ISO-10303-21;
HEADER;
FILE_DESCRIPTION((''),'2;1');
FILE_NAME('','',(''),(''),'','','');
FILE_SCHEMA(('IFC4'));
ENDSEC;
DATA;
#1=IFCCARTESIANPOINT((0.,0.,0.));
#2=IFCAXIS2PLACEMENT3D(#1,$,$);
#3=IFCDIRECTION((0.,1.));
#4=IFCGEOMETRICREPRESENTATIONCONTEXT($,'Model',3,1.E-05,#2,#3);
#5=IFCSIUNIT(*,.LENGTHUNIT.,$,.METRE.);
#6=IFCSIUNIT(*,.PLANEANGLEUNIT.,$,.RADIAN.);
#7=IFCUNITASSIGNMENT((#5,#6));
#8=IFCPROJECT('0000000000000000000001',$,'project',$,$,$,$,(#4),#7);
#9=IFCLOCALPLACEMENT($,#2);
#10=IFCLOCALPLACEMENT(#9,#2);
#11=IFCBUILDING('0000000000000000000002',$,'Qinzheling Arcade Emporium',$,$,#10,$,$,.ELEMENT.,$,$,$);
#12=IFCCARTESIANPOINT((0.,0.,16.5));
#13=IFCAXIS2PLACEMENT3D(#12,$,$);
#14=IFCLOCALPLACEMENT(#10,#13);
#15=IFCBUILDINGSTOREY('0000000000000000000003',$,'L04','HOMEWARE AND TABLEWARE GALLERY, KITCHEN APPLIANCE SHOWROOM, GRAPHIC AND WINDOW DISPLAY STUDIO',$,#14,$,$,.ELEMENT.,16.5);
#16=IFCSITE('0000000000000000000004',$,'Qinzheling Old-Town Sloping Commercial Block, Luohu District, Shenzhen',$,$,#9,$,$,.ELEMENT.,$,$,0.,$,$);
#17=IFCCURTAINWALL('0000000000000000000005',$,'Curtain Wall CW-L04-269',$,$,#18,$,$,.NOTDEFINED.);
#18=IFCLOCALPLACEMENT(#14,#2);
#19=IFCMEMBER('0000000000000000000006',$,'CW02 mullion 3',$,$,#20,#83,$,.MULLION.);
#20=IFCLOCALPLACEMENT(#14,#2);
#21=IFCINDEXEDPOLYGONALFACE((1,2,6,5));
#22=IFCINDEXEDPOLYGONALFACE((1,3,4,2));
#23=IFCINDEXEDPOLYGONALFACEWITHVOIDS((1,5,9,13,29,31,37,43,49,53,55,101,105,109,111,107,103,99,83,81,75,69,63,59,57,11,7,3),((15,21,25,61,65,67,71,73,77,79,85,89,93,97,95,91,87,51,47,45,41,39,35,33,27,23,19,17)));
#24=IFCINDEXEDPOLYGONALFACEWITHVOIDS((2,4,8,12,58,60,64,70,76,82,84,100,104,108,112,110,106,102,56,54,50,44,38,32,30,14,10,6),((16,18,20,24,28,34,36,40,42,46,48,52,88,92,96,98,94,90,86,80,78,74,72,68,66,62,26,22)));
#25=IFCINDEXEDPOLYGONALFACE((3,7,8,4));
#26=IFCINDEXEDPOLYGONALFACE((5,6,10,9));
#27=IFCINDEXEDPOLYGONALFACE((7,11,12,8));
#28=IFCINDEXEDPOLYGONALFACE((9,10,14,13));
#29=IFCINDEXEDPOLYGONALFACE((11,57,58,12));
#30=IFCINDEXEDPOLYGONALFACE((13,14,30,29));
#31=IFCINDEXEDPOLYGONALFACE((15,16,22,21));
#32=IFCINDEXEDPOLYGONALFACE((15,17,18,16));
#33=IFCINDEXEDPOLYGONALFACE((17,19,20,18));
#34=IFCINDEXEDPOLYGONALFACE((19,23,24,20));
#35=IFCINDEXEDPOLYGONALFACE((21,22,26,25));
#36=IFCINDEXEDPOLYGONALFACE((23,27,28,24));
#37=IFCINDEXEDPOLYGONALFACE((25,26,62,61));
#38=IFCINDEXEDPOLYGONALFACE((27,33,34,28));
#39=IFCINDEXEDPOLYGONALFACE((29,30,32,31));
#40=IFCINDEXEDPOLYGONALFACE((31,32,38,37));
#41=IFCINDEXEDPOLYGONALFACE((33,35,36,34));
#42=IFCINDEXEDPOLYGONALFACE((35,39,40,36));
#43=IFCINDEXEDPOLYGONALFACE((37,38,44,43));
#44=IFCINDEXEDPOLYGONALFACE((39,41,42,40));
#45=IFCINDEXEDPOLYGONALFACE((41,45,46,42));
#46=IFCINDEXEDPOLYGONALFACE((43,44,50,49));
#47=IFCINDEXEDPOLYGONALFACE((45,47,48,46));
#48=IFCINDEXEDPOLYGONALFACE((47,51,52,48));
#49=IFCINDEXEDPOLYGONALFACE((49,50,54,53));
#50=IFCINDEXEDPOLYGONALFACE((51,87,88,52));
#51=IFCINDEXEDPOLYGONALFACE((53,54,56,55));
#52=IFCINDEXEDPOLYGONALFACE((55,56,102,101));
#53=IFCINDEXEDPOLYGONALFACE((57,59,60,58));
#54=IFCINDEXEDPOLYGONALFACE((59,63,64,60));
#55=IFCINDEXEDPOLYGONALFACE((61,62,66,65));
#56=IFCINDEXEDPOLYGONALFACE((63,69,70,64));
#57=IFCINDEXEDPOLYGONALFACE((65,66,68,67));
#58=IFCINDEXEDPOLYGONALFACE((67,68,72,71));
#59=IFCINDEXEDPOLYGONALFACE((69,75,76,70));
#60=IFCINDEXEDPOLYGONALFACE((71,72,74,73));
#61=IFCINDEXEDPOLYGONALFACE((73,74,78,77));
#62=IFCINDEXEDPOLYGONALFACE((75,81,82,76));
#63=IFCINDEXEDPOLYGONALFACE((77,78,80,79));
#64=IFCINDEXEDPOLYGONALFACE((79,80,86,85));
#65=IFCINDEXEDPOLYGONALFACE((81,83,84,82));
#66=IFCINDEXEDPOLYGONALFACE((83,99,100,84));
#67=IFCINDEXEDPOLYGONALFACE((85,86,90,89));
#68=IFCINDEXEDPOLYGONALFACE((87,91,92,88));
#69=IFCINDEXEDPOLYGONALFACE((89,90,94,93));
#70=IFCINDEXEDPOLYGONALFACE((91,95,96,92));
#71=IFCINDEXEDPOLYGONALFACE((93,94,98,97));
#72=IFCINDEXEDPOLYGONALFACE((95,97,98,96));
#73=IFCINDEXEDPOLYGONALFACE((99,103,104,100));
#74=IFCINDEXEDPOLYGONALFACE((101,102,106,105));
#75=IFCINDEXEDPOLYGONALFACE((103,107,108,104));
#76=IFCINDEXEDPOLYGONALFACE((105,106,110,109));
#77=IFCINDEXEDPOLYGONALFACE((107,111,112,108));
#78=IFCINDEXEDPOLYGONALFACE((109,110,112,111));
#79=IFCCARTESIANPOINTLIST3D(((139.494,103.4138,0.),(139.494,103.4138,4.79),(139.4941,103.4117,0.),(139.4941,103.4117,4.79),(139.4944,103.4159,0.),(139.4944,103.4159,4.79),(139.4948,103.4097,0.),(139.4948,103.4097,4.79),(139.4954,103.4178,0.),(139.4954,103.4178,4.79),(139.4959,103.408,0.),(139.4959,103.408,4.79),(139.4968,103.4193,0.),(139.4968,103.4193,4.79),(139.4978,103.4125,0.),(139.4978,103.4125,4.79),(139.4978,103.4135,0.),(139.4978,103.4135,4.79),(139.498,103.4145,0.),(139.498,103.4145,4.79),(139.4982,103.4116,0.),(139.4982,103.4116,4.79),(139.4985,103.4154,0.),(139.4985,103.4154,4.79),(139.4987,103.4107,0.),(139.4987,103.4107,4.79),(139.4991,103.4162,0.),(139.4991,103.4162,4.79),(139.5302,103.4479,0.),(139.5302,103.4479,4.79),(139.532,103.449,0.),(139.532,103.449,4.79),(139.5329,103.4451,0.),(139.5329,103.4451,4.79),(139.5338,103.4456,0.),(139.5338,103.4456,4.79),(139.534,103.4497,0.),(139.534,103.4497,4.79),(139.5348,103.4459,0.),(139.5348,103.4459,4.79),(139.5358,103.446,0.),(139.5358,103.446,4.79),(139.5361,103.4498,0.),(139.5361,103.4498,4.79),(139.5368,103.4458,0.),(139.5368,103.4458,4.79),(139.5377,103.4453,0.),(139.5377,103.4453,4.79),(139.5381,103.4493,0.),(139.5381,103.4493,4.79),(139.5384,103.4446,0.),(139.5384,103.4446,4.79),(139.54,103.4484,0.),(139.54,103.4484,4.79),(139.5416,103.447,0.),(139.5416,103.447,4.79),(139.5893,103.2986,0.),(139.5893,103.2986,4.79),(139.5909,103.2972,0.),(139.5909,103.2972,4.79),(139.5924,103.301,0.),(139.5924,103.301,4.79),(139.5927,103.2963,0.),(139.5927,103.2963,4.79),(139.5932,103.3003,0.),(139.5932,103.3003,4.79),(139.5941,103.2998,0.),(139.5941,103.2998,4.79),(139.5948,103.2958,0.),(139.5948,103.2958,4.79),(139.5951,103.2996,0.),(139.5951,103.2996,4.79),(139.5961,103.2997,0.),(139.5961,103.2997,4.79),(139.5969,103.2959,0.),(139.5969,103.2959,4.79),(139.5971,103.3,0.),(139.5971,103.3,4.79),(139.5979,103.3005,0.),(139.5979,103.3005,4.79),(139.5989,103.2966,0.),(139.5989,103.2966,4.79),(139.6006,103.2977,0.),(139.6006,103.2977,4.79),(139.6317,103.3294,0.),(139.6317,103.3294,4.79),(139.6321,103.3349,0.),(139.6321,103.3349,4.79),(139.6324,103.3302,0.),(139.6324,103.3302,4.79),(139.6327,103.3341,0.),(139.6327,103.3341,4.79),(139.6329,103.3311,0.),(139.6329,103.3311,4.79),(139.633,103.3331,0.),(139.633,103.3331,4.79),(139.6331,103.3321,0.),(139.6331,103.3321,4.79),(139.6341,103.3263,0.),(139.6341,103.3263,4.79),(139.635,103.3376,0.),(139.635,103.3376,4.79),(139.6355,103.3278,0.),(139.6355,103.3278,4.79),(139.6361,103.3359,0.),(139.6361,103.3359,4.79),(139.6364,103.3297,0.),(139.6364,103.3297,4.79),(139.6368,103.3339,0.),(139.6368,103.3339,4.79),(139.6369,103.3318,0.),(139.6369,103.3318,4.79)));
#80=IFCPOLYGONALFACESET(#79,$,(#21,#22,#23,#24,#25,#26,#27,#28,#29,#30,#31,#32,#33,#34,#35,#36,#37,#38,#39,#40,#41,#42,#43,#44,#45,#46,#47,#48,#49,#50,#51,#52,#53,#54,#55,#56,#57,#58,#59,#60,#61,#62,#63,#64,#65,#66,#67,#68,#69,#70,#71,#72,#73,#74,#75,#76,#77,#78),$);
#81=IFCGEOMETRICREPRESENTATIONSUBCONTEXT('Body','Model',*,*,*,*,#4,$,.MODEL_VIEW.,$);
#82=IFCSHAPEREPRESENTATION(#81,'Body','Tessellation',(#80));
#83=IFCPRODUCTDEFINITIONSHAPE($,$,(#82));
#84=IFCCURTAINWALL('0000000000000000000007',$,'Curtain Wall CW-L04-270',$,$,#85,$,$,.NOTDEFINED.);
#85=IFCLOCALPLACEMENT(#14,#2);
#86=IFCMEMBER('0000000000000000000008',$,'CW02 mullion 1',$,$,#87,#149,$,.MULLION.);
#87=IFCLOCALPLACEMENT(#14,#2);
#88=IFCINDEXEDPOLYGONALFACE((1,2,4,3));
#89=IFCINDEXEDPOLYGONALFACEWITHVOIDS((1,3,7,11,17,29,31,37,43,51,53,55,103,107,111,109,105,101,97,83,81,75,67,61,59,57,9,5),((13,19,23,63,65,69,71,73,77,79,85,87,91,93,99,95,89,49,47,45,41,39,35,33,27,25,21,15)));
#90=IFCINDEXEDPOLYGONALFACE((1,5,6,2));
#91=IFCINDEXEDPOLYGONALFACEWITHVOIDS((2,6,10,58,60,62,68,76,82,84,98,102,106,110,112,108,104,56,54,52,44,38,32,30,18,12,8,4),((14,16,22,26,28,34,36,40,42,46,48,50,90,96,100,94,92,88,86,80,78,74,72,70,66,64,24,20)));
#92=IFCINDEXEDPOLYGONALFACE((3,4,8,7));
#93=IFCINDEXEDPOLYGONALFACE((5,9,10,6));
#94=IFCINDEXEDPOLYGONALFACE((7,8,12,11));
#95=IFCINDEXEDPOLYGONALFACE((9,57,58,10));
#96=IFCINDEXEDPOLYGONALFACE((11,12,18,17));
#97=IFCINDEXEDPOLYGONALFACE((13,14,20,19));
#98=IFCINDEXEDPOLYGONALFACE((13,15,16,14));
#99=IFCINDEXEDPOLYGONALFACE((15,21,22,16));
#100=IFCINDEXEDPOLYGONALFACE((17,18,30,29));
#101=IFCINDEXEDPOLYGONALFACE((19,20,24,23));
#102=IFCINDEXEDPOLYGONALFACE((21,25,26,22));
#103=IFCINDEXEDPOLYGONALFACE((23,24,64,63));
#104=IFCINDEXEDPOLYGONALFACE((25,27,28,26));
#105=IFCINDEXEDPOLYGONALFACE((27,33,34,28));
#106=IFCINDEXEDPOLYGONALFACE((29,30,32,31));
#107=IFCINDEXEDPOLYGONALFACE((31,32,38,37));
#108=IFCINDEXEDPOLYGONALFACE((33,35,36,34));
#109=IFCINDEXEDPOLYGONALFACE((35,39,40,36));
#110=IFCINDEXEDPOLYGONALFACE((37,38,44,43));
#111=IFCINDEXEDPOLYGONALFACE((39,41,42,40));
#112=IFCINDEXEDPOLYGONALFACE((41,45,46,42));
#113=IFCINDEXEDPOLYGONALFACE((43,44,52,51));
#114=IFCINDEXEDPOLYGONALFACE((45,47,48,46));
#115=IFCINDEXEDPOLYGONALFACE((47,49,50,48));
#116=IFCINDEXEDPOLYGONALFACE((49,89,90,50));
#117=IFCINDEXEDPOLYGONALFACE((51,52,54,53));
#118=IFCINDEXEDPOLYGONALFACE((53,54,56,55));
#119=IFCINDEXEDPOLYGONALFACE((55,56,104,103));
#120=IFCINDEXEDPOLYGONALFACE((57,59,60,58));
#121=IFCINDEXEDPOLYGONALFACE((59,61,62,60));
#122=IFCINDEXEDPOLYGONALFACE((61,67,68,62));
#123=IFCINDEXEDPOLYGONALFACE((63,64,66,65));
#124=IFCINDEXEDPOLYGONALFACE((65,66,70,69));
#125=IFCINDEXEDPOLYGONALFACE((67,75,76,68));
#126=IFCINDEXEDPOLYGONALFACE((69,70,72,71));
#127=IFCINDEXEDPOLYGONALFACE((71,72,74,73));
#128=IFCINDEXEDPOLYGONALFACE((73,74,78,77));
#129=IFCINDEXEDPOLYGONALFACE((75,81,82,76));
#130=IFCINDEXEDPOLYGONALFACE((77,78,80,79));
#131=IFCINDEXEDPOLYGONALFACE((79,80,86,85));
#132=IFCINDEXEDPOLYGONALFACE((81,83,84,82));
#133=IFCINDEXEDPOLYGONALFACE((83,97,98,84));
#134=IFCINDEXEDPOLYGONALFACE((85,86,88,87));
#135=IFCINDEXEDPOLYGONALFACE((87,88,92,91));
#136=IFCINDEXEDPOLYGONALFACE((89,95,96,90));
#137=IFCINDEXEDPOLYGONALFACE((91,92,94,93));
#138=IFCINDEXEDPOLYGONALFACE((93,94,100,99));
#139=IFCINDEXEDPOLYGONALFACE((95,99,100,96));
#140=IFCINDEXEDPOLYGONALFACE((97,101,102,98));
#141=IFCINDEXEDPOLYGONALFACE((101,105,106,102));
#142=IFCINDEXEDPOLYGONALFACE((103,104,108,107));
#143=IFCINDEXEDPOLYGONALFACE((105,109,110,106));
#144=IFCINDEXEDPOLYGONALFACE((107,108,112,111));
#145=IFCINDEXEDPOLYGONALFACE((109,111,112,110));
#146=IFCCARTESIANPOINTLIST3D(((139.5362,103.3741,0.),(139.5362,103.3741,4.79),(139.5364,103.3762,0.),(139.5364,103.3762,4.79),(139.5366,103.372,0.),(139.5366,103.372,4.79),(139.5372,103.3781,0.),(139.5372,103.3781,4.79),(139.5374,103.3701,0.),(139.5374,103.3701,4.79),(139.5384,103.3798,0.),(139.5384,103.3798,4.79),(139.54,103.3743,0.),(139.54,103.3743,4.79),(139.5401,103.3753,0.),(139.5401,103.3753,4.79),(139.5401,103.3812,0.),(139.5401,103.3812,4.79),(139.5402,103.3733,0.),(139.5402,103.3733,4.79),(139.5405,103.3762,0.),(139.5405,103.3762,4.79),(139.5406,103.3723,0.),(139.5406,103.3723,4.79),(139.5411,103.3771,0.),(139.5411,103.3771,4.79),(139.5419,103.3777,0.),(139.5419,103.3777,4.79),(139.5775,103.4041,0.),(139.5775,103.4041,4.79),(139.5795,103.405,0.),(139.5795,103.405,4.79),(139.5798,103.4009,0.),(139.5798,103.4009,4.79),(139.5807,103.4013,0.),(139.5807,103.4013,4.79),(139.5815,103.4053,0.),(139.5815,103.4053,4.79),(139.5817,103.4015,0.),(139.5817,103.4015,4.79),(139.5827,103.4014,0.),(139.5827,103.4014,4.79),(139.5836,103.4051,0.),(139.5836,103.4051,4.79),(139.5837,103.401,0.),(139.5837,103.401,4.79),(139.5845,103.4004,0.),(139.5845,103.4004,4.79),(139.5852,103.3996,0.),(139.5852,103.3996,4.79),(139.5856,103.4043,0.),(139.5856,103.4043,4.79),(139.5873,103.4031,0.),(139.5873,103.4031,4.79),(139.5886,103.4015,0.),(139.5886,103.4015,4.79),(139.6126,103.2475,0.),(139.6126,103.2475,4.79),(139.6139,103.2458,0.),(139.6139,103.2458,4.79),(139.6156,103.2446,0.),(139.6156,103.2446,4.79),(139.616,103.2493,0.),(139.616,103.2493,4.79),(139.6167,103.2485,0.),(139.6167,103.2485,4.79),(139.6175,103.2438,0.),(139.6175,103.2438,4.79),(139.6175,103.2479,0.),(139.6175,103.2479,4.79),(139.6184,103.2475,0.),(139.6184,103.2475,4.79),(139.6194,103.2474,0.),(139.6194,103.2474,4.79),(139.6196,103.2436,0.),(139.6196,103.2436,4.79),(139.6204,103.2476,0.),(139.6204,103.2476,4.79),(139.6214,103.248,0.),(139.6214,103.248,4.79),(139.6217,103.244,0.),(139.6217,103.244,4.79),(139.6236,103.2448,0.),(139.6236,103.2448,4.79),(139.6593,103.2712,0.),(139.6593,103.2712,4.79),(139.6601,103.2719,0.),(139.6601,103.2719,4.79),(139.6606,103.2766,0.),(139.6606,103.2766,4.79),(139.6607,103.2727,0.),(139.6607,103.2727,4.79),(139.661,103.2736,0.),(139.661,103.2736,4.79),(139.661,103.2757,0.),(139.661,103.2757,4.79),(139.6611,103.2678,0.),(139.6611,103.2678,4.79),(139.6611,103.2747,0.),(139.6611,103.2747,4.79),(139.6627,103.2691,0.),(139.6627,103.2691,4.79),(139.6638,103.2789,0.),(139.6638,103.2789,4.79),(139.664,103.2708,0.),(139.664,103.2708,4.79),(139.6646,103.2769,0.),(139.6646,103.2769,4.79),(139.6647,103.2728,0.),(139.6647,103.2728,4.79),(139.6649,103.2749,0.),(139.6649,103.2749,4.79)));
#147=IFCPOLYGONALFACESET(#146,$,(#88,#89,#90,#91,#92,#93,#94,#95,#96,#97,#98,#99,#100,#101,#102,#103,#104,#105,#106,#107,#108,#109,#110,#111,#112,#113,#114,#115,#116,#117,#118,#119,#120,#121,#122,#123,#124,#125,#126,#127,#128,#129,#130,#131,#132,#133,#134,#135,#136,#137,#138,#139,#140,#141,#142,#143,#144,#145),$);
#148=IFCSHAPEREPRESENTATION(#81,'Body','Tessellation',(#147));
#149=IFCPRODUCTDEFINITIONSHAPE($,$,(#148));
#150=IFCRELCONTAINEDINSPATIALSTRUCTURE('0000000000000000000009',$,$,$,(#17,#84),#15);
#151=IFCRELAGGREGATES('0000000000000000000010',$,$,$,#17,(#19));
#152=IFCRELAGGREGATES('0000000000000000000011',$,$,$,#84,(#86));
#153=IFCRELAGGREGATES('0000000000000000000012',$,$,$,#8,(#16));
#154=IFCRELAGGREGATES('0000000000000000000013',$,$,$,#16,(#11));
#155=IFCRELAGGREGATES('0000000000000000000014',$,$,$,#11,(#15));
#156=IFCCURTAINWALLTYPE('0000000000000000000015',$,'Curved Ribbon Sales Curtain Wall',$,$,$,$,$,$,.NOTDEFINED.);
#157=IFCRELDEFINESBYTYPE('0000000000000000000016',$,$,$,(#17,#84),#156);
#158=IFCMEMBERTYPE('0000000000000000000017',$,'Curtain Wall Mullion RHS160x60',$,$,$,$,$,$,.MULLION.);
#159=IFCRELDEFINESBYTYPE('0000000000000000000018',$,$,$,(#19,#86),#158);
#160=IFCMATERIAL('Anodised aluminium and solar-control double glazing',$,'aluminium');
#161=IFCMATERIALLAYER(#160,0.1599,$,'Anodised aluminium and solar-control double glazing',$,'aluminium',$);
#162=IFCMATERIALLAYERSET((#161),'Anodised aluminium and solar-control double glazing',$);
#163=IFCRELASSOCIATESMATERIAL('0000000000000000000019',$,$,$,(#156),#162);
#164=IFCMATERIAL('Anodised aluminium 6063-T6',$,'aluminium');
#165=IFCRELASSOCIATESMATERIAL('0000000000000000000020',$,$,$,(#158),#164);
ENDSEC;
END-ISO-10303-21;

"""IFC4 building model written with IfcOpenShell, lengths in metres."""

from ifc_helpers import new_model, si_unit, direction, frame, origin, origin_2d, place, context, subcontext, project, spatial, hollow_rectangle, extrude, material, layer, layer_set, material_profile, profile_set, type_object, element, aggregate, save


model = new_model("IFC4")

# Units and contexts
model_context = context("Model", 3, precision=1e-05, world=origin(), true_north=direction((0.0, 1.0)))
body_context = subcontext(model_context, "Body", "Model", "MODEL_VIEW")
ifc_project = project(units=[si_unit("LENGTHUNIT", "METRE"), si_unit("PLANEANGLEUNIT", "RADIAN")], contexts=[model_context])

# Site, building, storey
site_placement = place(None, origin())
site = spatial("IfcSite", under=ifc_project, at=site_placement, Name="Qinzheling Old-Town Sloping Commercial Block, Luohu District, Shenzhen", CompositionType="ELEMENT", RefElevation=0.0)
building_placement = place(site_placement, origin())
building = spatial("IfcBuilding", under=site, at=building_placement, Name="Qinzheling Arcade Emporium", CompositionType="ELEMENT")
storey_placement = place(building_placement, frame((0.0, 0.0, 16.5)))
storey = spatial("IfcBuildingStorey", under=building, at=storey_placement, Name="L04", Description="HOMEWARE AND TABLEWARE GALLERY, KITCHEN APPLIANCE SHOWROOM, GRAPHIC AND WINDOW DISPLAY STUDIO", CompositionType="ELEMENT", Elevation=16.5)

# Curtain walls, members
ifc_material_1 = material(Name="Anodised aluminium and solar-control double glazing", Category="aluminium")
ifc_layer_1 = layer(ifc_material_1, 0.1599, Name="Anodised aluminium and solar-control double glazing", Category="aluminium")
ifc_layer_set_1 = layer_set([ifc_layer_1], Name="Anodised aluminium and solar-control double glazing")
curtain_wall_type = type_object("IfcCurtainWallType", Name="Curved Ribbon Sales Curtain Wall", PredefinedType="NOTDEFINED", material=ifc_layer_set_1)
ifc_material_2 = material(Name="Anodised aluminium 6063-T6", Category="aluminium")
ifc_material_profile_1 = material_profile(ifc_material_2, hollow_rectangle(XDim=0.0601, YDim=0.1599, WallThickness=0.0039, InnerFilletRadius=0.0039, OuterFilletRadius=0.0081, at=origin_2d()), Name="RHS 160x60x4", Category="aluminium")
ifc_profile_set_1 = profile_set([ifc_material_profile_1], Name="Anodised aluminium 6063-T6")
member_type_1 = type_object("IfcMemberType", Name="Curtain Wall Mullion RHS160x60", PredefinedType="MULLION", material=ifc_profile_set_1)
curtain_wall_1_placement = place(storey_placement, origin())
curtain_wall_1 = element("IfcCurtainWall", 1, at=curtain_wall_1_placement, inside=storey, type_object=curtain_wall_type, Name="Curtain Wall CW-L04-269", PredefinedType="NOTDEFINED")
member_1_placement = place(storey_placement, frame((139.5654, 103.3728, 0.0), z_axis=(0.0, 0.0, 1.0), x_axis=(0.760418, 0.649433, 0.0)))
member_1 = element("IfcMember", 2, at=member_1_placement, type_object=member_type_1, Name="CW02 mullion 3", PredefinedType="MULLION", context=body_context, shape_type="SweptSolid", body=[
    extrude(hollow_rectangle(XDim=0.0601, YDim=0.1599, WallThickness=0.0039, InnerFilletRadius=0.0039, OuterFilletRadius=0.0081, at=origin_2d()), origin(), (0.0, 0.0, 1.0), 4.79),
])
curtain_wall_2_placement = place(storey_placement, origin())
curtain_wall_2 = element("IfcCurtainWall", 3, at=curtain_wall_2_placement, inside=storey, type_object=curtain_wall_type, Name="Curtain Wall CW-L04-270", PredefinedType="NOTDEFINED")
member_2_placement = place(storey_placement, frame((139.6006, 103.3245, 0.0), z_axis=(0.0, 0.0, 1.0), x_axis=(0.852628, 0.522518, 0.0)))
member_2 = element("IfcMember", 4, at=member_2_placement, type_object=member_type_1, Name="CW02 mullion 1", PredefinedType="MULLION", context=body_context, shape_type="SweptSolid", body=[
    extrude(hollow_rectangle(XDim=0.0601, YDim=0.1599, WallThickness=0.0039, InnerFilletRadius=0.0039, OuterFilletRadius=0.0081, at=origin_2d()), origin(), (0.0, 0.0, 1.0), 4.79),
])

aggregate(curtain_wall_1, [member_1])
aggregate(curtain_wall_2, [member_2])

save(model, "model.ifc")
